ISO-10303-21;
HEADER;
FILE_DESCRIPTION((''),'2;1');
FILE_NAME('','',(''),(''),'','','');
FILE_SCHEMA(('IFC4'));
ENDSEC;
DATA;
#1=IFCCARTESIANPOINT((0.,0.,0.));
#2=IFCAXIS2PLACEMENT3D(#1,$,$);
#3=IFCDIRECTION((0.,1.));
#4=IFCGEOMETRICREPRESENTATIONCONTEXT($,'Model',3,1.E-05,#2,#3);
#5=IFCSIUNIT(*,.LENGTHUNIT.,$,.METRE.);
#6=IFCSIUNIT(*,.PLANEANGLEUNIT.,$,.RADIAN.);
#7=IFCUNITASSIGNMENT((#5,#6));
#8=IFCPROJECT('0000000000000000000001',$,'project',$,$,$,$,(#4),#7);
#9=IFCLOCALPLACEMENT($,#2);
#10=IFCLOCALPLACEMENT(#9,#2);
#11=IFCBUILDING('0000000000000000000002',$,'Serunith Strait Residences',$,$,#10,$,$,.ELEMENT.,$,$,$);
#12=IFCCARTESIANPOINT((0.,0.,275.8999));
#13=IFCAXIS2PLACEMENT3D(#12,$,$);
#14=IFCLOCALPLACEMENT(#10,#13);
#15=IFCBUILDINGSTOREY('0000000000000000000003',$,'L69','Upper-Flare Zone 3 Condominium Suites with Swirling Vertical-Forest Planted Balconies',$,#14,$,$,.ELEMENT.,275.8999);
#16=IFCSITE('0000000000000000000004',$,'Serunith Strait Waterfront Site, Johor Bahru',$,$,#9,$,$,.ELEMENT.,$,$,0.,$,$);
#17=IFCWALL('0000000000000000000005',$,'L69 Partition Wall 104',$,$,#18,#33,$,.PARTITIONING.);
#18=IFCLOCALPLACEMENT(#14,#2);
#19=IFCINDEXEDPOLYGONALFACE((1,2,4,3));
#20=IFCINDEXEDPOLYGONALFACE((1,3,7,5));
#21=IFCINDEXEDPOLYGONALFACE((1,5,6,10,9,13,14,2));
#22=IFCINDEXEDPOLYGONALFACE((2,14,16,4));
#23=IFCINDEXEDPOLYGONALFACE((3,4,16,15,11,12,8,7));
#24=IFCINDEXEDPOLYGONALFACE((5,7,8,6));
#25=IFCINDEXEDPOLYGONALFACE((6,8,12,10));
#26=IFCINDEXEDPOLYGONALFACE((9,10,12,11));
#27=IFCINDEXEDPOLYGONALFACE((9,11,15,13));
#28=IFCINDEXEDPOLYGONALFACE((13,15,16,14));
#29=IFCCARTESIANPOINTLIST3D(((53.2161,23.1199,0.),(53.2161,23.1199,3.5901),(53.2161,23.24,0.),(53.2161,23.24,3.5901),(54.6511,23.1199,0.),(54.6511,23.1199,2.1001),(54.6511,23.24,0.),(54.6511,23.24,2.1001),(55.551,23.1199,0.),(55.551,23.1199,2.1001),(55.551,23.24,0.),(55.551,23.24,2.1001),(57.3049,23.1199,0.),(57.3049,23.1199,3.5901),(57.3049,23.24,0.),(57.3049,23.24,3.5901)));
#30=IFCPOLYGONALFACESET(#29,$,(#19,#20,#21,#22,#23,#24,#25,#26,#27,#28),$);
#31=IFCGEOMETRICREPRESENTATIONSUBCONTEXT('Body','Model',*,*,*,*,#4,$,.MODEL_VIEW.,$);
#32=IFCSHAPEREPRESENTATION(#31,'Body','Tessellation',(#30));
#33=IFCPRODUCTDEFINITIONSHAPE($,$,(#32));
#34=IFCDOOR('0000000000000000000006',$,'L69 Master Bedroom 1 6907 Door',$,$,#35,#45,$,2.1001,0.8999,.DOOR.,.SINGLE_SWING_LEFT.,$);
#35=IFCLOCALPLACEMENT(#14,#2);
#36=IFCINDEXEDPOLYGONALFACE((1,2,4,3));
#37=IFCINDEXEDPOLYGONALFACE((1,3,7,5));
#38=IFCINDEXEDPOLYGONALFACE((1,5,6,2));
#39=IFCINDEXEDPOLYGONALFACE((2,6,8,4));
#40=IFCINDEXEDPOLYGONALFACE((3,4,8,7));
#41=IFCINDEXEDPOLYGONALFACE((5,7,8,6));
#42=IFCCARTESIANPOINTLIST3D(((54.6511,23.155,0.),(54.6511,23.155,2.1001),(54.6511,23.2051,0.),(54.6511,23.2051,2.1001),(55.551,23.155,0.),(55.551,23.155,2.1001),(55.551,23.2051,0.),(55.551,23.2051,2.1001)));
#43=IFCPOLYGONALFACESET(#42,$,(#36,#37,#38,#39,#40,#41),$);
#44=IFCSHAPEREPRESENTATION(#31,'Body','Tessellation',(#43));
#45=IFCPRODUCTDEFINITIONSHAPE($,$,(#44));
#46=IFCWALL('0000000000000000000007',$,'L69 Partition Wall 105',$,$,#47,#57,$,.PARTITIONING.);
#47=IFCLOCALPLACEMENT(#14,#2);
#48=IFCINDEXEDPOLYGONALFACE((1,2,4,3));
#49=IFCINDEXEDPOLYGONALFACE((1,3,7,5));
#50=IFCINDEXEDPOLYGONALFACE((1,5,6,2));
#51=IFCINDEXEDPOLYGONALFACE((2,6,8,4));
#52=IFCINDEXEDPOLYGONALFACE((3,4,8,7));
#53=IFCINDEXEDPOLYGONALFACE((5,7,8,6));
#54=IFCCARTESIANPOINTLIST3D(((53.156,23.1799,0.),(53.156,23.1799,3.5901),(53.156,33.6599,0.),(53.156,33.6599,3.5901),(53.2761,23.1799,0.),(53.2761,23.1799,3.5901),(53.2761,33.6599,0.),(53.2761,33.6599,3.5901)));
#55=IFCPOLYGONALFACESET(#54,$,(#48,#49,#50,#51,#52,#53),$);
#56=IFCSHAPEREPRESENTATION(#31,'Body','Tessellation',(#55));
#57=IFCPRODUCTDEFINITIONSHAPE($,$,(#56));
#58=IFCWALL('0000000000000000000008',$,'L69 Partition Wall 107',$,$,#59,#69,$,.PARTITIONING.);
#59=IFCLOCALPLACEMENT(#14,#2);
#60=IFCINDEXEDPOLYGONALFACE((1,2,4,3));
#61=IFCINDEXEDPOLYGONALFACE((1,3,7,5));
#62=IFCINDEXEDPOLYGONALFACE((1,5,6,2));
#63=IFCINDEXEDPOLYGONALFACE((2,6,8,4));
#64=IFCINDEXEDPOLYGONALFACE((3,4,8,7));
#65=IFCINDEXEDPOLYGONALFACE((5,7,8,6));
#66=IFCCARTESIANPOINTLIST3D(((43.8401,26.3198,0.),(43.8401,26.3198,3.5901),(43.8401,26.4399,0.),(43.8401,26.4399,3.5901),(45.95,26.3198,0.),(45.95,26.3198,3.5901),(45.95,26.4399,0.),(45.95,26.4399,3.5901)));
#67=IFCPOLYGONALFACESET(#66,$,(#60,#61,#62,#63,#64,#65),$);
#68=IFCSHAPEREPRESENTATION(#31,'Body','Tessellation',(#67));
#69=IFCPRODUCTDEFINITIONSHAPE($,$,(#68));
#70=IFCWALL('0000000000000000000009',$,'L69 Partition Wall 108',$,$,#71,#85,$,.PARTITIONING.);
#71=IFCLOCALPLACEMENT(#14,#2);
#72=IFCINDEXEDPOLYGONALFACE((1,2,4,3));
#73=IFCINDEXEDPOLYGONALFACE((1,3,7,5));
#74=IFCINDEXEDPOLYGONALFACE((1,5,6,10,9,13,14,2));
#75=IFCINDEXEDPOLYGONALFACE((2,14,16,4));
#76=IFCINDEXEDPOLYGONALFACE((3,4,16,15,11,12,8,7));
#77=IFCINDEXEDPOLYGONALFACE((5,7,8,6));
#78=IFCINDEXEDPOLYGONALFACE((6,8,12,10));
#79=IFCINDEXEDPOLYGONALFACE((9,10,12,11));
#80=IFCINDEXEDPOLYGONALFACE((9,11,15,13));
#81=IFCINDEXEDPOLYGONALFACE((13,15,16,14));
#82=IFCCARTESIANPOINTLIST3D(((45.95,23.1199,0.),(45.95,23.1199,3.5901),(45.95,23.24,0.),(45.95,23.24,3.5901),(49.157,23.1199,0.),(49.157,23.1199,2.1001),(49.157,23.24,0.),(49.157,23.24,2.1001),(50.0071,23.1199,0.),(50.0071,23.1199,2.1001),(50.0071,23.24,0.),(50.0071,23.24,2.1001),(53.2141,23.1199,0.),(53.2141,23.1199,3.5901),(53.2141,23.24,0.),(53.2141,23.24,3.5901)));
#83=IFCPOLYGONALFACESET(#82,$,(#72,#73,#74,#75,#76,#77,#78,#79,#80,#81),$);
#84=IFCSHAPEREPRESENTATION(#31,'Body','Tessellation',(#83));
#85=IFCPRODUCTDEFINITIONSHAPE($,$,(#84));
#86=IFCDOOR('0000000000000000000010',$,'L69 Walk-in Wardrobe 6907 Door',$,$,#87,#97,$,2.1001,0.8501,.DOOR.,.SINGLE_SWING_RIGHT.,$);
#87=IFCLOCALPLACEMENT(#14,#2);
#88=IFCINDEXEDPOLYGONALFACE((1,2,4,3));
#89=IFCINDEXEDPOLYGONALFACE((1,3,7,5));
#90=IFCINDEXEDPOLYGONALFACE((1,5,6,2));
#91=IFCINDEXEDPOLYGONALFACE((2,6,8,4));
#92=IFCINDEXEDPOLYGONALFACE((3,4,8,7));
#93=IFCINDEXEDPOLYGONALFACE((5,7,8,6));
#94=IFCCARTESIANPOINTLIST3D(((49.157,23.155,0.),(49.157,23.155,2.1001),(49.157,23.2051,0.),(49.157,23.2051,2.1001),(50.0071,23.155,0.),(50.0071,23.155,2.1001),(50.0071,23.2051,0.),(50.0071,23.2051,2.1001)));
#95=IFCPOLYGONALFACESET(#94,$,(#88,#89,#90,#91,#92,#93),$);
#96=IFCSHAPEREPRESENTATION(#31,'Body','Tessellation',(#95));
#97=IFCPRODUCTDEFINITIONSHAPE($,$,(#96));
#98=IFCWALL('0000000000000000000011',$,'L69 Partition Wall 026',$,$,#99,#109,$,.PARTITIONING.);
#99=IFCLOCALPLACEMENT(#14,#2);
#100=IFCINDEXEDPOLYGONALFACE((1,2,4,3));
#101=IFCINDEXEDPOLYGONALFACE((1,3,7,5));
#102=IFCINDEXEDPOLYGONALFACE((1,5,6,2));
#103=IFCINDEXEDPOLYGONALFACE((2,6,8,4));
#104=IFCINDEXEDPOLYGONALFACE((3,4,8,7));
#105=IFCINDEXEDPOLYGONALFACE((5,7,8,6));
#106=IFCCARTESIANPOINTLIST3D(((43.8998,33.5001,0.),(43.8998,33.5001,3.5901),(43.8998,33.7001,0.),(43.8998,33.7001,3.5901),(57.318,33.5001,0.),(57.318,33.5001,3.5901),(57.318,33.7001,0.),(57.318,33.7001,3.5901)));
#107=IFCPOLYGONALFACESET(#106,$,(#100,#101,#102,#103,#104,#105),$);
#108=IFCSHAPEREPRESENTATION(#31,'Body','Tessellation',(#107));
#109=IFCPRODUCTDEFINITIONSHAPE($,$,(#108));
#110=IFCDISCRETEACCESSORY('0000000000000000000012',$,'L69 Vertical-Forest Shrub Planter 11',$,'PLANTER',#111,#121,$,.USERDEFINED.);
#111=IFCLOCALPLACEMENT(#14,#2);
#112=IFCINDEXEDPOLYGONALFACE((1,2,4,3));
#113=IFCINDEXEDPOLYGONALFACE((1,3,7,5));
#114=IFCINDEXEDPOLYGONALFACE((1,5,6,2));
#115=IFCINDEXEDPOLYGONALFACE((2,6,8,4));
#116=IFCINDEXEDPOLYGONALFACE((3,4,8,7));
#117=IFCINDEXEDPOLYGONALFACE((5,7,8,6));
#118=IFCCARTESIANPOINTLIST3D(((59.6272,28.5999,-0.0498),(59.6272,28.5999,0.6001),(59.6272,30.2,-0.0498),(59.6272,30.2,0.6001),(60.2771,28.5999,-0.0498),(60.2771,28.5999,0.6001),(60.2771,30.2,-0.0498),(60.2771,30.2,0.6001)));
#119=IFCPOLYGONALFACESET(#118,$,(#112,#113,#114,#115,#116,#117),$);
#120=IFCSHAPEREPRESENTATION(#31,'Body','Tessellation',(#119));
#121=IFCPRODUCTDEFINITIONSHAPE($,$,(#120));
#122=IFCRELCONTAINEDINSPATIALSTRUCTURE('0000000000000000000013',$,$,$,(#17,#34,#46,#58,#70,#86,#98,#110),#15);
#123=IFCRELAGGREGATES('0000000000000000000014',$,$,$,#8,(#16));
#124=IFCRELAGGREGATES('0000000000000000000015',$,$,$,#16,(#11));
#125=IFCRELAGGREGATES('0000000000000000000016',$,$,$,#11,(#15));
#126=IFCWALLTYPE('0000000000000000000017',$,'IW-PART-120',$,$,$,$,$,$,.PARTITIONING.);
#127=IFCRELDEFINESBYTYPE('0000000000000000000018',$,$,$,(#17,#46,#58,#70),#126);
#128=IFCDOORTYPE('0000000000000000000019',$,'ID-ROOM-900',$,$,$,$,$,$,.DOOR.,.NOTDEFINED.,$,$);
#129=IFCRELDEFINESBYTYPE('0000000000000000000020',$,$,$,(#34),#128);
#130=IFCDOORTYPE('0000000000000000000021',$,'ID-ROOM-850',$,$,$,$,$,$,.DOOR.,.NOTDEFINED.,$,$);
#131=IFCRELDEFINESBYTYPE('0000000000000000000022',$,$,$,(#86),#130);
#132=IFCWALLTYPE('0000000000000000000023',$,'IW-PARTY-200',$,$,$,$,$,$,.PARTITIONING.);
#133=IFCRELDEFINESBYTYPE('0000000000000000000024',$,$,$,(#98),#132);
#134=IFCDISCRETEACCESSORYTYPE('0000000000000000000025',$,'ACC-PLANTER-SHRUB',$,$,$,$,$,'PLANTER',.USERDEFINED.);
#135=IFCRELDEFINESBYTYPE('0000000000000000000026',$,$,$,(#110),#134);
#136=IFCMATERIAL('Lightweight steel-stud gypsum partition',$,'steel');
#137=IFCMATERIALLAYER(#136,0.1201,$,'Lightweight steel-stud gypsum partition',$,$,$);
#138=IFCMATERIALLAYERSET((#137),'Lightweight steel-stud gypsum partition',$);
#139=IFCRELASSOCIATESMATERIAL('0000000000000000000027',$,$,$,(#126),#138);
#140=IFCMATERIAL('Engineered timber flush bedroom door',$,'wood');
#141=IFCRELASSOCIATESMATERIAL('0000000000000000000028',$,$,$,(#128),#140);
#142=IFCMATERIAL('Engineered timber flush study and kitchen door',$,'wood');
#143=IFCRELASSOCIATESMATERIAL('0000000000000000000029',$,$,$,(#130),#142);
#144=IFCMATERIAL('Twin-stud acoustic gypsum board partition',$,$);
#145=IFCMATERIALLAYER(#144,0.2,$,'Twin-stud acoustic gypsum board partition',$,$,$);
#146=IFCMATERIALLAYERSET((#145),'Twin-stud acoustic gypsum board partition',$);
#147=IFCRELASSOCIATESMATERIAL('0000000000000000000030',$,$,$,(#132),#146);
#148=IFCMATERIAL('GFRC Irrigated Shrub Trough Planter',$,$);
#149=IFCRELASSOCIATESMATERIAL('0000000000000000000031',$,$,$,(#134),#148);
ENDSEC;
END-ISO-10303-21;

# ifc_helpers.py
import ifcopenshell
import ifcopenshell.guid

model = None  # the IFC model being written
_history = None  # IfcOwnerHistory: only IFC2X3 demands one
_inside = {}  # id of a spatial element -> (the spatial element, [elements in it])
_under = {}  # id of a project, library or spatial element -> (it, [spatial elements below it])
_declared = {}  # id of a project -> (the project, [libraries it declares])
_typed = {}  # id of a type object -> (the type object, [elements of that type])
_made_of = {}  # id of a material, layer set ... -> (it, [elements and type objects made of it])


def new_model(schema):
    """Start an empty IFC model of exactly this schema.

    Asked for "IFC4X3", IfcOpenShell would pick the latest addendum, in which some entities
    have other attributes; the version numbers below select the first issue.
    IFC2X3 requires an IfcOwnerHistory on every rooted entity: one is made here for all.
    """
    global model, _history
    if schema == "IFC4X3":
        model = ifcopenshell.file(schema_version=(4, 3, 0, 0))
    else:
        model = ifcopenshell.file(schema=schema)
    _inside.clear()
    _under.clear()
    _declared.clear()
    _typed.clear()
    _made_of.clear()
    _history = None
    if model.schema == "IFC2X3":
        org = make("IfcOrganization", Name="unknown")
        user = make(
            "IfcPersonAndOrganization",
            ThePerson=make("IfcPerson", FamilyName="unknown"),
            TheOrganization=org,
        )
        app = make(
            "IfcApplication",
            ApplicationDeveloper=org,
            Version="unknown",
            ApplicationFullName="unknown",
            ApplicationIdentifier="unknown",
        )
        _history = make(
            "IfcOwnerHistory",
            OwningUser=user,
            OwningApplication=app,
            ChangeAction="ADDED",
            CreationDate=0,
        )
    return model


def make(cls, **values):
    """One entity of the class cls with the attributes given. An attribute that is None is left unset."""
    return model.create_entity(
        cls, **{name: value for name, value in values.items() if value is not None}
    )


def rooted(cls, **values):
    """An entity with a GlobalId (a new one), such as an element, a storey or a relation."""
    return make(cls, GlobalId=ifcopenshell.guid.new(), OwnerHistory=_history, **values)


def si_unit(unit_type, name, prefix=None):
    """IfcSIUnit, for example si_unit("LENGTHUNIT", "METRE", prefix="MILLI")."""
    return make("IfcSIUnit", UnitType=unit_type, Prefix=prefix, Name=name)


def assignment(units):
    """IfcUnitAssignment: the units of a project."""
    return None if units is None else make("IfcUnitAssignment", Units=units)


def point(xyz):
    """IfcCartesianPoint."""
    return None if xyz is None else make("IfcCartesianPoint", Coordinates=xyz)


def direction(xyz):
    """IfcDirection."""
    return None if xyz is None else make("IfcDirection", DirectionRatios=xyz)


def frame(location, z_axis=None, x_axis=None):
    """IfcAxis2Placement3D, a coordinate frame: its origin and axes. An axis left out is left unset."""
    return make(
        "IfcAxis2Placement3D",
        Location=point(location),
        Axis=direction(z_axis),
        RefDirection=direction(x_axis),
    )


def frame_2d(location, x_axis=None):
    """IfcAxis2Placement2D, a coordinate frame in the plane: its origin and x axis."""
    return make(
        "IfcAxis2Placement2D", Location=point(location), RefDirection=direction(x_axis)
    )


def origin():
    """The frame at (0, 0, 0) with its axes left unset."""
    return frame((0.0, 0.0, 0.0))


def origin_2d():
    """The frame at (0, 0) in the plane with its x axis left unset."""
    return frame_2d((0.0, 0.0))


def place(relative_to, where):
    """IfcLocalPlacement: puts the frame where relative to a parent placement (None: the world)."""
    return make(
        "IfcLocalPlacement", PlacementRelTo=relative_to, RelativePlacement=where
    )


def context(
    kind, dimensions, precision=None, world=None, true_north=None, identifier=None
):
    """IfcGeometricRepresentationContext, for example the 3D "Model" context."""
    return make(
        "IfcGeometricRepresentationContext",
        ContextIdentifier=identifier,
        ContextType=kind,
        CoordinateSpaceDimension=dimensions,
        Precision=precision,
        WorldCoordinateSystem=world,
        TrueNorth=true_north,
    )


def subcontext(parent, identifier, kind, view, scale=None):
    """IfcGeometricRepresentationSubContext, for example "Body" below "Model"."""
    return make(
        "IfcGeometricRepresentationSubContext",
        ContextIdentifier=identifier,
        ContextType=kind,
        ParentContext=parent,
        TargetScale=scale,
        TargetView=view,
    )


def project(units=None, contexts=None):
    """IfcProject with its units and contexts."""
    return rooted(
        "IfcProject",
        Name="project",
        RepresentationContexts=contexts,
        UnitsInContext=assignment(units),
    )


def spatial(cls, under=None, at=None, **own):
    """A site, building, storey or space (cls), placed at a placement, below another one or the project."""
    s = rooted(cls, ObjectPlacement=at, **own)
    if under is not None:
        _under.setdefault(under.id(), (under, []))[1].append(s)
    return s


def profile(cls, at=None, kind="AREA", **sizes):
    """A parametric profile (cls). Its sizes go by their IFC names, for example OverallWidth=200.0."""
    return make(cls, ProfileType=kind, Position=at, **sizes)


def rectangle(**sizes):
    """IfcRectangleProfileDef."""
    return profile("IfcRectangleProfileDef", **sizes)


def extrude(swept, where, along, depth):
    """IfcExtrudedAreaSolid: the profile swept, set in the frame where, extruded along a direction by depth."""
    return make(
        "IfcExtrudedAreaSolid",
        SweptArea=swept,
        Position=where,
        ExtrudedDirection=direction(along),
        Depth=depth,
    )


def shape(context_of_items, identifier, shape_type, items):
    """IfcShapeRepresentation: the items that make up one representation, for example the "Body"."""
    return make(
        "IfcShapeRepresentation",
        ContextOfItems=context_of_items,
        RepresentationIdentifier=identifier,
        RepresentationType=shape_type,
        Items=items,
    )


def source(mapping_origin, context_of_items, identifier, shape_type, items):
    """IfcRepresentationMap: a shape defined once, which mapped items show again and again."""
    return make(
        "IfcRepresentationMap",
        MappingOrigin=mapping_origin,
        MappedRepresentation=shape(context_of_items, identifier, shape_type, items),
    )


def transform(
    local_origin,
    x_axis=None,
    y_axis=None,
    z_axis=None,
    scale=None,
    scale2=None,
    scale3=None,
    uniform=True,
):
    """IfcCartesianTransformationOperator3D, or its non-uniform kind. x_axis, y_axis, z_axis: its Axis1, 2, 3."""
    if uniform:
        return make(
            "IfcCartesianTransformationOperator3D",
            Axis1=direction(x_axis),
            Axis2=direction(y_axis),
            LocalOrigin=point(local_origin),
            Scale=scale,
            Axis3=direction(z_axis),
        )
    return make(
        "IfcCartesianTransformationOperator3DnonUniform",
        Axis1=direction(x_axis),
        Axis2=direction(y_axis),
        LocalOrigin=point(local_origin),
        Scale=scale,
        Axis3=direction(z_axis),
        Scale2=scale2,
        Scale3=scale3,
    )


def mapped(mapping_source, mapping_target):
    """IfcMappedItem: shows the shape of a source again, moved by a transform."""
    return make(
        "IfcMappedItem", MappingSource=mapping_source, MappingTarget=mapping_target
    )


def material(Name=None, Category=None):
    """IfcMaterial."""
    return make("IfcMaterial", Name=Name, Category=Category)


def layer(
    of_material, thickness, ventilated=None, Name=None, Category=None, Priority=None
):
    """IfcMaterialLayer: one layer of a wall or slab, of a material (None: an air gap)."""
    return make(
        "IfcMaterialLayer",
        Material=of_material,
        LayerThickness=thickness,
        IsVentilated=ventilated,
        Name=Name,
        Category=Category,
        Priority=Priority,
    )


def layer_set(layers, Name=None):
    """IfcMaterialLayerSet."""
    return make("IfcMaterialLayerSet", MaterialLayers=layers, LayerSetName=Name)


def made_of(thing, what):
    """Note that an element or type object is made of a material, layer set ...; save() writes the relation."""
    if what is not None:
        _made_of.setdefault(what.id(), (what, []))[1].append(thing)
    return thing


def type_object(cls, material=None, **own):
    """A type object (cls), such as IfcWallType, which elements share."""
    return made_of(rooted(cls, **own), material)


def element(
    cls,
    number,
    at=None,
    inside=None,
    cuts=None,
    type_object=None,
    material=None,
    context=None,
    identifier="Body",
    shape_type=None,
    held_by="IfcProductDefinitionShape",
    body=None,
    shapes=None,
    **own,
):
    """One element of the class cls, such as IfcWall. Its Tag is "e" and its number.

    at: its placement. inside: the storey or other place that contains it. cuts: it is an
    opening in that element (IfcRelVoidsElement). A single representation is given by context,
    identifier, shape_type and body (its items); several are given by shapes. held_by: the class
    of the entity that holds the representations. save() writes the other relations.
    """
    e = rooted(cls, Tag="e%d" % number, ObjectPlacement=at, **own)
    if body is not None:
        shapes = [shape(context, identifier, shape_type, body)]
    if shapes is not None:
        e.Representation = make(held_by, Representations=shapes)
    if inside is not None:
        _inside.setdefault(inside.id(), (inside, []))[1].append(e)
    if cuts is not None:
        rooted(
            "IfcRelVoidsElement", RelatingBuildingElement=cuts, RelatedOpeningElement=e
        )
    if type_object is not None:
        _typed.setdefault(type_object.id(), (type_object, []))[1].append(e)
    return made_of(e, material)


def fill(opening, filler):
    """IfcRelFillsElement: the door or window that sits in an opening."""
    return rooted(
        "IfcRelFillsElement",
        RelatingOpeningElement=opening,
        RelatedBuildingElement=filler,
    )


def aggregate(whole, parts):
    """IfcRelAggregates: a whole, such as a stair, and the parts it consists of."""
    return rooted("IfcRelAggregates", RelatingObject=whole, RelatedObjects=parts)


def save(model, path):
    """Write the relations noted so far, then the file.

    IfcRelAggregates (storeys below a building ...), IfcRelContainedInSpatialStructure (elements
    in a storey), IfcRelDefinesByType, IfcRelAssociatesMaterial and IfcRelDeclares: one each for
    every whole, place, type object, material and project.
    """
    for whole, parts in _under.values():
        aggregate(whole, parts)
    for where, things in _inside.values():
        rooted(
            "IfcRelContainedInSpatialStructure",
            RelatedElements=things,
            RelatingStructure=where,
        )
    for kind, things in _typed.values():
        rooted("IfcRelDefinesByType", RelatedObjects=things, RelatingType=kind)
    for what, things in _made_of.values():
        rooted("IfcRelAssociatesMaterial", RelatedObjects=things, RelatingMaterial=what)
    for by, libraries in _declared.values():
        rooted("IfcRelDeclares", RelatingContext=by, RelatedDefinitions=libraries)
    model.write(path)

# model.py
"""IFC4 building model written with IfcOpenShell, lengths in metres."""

from ifc_helpers import new_model, si_unit, direction, frame, frame_2d, origin, origin_2d, place, context, subcontext, project, spatial, rectangle, extrude, source, transform, mapped, material, layer, layer_set, type_object, element, fill, save


model = new_model("IFC4")

# Units and contexts
model_context = context("Model", 3, precision=1e-05, world=origin(), true_north=direction((0.0, 1.0)))
body_context = subcontext(model_context, "Body", "Model", "MODEL_VIEW")
ifc_project = project(units=[si_unit("LENGTHUNIT", "METRE"), si_unit("PLANEANGLEUNIT", "RADIAN")], contexts=[model_context])

# Site, building, storey
site_placement = place(None, origin())
site = spatial("IfcSite", under=ifc_project, at=site_placement, Name="Serunith Strait Waterfront Site, Johor Bahru", CompositionType="ELEMENT", RefElevation=0.0)
building_placement = place(site_placement, origin())
building = spatial("IfcBuilding", under=site, at=building_placement, Name="Serunith Strait Residences", CompositionType="ELEMENT")
storey_placement = place(building_placement, frame((0.0, 0.0, 275.8999)))
storey = spatial("IfcBuildingStorey", under=building, at=storey_placement, Name="L69", Description="Upper-Flare Zone 3 Condominium Suites with Swirling Vertical-Forest Planted Balconies", CompositionType="ELEMENT", Elevation=275.8999)

# Shared definitions
ifc_material_1 = material(Name="Lightweight steel-stud gypsum partition", Category="steel")
ifc_layer_1 = layer(ifc_material_1, 0.1201, Name="Lightweight steel-stud gypsum partition")
ifc_layer_set_1 = layer_set([ifc_layer_1], Name="Lightweight steel-stud gypsum partition")
wall_type_1 = type_object("IfcWallType", Name="IW-PART-120", PredefinedType="PARTITIONING", material=ifc_layer_set_1)

# Wall, opening, door
shared_shape_1 = source(origin(), body_context, "Body", "SweptSolid", [
    extrude(rectangle(XDim=0.8501, YDim=2.1001, at=frame_2d((0.425, 1.05))), frame((0.0, 0.0249, 0.0), z_axis=(0.0, -1.0, 0.0), x_axis=(1.0, 0.0, 0.0)), (0.0, 0.0, 1.0), 0.05),
])
wall_1_placement = place(storey_placement, frame((57.3049, 23.1799, 0.0), z_axis=(0.0, 0.0, 1.0), x_axis=(-1.0, 0.0, 0.0)))
wall_1 = element("IfcWall", 1, at=wall_1_placement, inside=storey, type_object=wall_type_1, Name="L69 Partition Wall 104", PredefinedType="PARTITIONING", context=body_context, shape_type="SweptSolid", body=[
    extrude(rectangle(XDim=4.0889, YDim=0.1201, at=frame_2d((2.0444, 0.0))), origin(), (0.0, 0.0, 1.0), 3.5901),
])
opening_1_placement = place(wall_1_placement, frame((1.7539, 0.0, 0.0)))
opening_1 = element("IfcOpeningElement", 2, at=opening_1_placement, cuts=wall_1, PredefinedType="OPENING", context=body_context, shape_type="SweptSolid", body=[
    extrude(rectangle(XDim=0.8999, YDim=2.1001, at=frame_2d((0.45, 1.05))), frame((0.0, 0.0701, 0.0), z_axis=(0.0, -1.0, 0.0), x_axis=(1.0, 0.0, 0.0)), (0.0, 0.0, 1.0), 0.1401),
])
ifc_material_2 = material(Name="Engineered timber flush bedroom door", Category="wood")
door_type_1 = type_object("IfcDoorType", Name="ID-ROOM-900", OperationType="NOTDEFINED", PredefinedType="DOOR", material=ifc_material_2)
shared_shape_2 = source(origin(), body_context, "Body", "SweptSolid", [
    extrude(rectangle(XDim=0.8999, YDim=2.1001, at=frame_2d((0.45, 1.05))), frame((0.0, 0.0249, 0.0), z_axis=(0.0, -1.0, 0.0), x_axis=(1.0, 0.0, 0.0)), (0.0, 0.0, 1.0), 0.05),
])
door_1_placement = place(opening_1_placement, origin())
door_1 = element("IfcDoor", 3, at=door_1_placement, inside=storey, type_object=door_type_1, Name="L69 Master Bedroom 1 6907 Door", OperationType="SINGLE_SWING_LEFT", OverallHeight=2.1001, OverallWidth=0.8999, PredefinedType="DOOR", context=body_context, shape_type="MappedRepresentation", body=[
    mapped(shared_shape_2, transform((0.0, 0.0, 0.0), scale=1.0)),
])
fill(opening_1, door_1)

# Walls
wall_2_placement = place(storey_placement, frame((53.2161, 23.1799, 0.0), z_axis=(0.0, 0.0, 1.0), x_axis=(0.0, 1.0, 0.0)))
element("IfcWall", 4, at=wall_2_placement, inside=storey, type_object=wall_type_1, Name="L69 Partition Wall 105", PredefinedType="PARTITIONING", context=body_context, shape_type="SweptSolid", body=[
    extrude(rectangle(XDim=10.48, YDim=0.1201, at=frame_2d((5.24, 0.0))), origin(), (0.0, 0.0, 1.0), 3.5901),
])
wall_3_placement = place(storey_placement, frame((45.95, 26.3799, 0.0), z_axis=(0.0, 0.0, 1.0), x_axis=(-1.0, 0.0, 0.0)))
element("IfcWall", 5, at=wall_3_placement, inside=storey, type_object=wall_type_1, Name="L69 Partition Wall 107", PredefinedType="PARTITIONING", context=body_context, shape_type="SweptSolid", body=[
    extrude(rectangle(XDim=2.1099, YDim=0.1201, at=frame_2d((1.0549, 0.0))), origin(), (0.0, 0.0, 1.0), 3.5901),
])

# Wall, opening, door
wall_4_placement = place(storey_placement, frame((53.2141, 23.1799, 0.0), z_axis=(0.0, 0.0, 1.0), x_axis=(-1.0, 0.0, 0.0)))
wall_4 = element("IfcWall", 6, at=wall_4_placement, inside=storey, type_object=wall_type_1, Name="L69 Partition Wall 108", PredefinedType="PARTITIONING", context=body_context, shape_type="SweptSolid", body=[
    extrude(rectangle(XDim=7.2642, YDim=0.1201, at=frame_2d((3.6321, 0.0))), origin(), (0.0, 0.0, 1.0), 3.5901),
])
opening_2_placement = place(wall_4_placement, frame((3.207, 0.0, 0.0)))
opening_2 = element("IfcOpeningElement", 7, at=opening_2_placement, cuts=wall_4, PredefinedType="OPENING", context=body_context, shape_type="SweptSolid", body=[
    extrude(rectangle(XDim=0.8501, YDim=2.1001, at=frame_2d((0.425, 1.05))), frame((0.0, 0.0701, 0.0), z_axis=(0.0, -1.0, 0.0), x_axis=(1.0, 0.0, 0.0)), (0.0, 0.0, 1.0), 0.1401),
])
ifc_material_3 = material(Name="Engineered timber flush study and kitchen door", Category="wood")
door_type_2 = type_object("IfcDoorType", Name="ID-ROOM-850", OperationType="NOTDEFINED", PredefinedType="DOOR", material=ifc_material_3)
door_2_placement = place(opening_2_placement, origin())
door_2 = element("IfcDoor", 8, at=door_2_placement, inside=storey, type_object=door_type_2, Name="L69 Walk-in Wardrobe 6907 Door", OperationType="SINGLE_SWING_RIGHT", OverallHeight=2.1001, OverallWidth=0.8501, PredefinedType="DOOR", context=body_context, shape_type="MappedRepresentation", body=[
    mapped(shared_shape_1, transform((0.0, 0.0, 0.0), scale=1.0)),
])
fill(opening_2, door_2)

# Wall
ifc_material_4 = material(Name="Twin-stud acoustic gypsum board partition")
ifc_layer_2 = layer(ifc_material_4, 0.2, Name="Twin-stud acoustic gypsum board partition")
ifc_layer_set_2 = layer_set([ifc_layer_2], Name="Twin-stud acoustic gypsum board partition")
wall_type_2 = type_object("IfcWallType", Name="IW-PARTY-200", PredefinedType="PARTITIONING", material=ifc_layer_set_2)
wall_5_placement = place(storey_placement, frame((43.8999, 33.6001, 0.0), z_axis=(0.0, 0.0, 1.0), x_axis=(1.0, 0.0, 0.0)))
element("IfcWall", 9, at=wall_5_placement, inside=storey, type_object=wall_type_2, Name="L69 Partition Wall 026", PredefinedType="PARTITIONING", context=body_context, shape_type="SweptSolid", body=[
    extrude(rectangle(XDim=13.4182, YDim=0.2, at=frame_2d((6.709, 0.0))), origin(), (0.0, 0.0, 1.0), 3.5901),
])

# Discrete accessory
ifc_material_5 = material(Name="GFRC Irrigated Shrub Trough Planter")
discrete_accessory_type = type_object("IfcDiscreteAccessoryType", Name="ACC-PLANTER-SHRUB", ElementType="PLANTER", PredefinedType="USERDEFINED", material=ifc_material_5)
shared_shape_3 = source(origin(), body_context, "Body", "SweptSolid", [
    extrude(rectangle(XDim=1.6001, YDim=0.6499, at=origin_2d()), origin(), (0.0, 0.0, 1.0), 0.6499),
])
discrete_accessory_placement = place(storey_placement, frame((59.9521, 29.3999, -0.0498), z_axis=(0.0, 0.0, 1.0), x_axis=(0.0, 1.0, 0.0)))
element("IfcDiscreteAccessory", 10, at=discrete_accessory_placement, inside=storey, type_object=discrete_accessory_type, Name="L69 Vertical-Forest Shrub Planter 11", ObjectType="PLANTER", PredefinedType="USERDEFINED", context=body_context, shape_type="MappedRepresentation", body=[
    mapped(shared_shape_3, transform((0.0, 0.0, 0.0), scale=1.0)),
])

save(model, "model.ifc")
